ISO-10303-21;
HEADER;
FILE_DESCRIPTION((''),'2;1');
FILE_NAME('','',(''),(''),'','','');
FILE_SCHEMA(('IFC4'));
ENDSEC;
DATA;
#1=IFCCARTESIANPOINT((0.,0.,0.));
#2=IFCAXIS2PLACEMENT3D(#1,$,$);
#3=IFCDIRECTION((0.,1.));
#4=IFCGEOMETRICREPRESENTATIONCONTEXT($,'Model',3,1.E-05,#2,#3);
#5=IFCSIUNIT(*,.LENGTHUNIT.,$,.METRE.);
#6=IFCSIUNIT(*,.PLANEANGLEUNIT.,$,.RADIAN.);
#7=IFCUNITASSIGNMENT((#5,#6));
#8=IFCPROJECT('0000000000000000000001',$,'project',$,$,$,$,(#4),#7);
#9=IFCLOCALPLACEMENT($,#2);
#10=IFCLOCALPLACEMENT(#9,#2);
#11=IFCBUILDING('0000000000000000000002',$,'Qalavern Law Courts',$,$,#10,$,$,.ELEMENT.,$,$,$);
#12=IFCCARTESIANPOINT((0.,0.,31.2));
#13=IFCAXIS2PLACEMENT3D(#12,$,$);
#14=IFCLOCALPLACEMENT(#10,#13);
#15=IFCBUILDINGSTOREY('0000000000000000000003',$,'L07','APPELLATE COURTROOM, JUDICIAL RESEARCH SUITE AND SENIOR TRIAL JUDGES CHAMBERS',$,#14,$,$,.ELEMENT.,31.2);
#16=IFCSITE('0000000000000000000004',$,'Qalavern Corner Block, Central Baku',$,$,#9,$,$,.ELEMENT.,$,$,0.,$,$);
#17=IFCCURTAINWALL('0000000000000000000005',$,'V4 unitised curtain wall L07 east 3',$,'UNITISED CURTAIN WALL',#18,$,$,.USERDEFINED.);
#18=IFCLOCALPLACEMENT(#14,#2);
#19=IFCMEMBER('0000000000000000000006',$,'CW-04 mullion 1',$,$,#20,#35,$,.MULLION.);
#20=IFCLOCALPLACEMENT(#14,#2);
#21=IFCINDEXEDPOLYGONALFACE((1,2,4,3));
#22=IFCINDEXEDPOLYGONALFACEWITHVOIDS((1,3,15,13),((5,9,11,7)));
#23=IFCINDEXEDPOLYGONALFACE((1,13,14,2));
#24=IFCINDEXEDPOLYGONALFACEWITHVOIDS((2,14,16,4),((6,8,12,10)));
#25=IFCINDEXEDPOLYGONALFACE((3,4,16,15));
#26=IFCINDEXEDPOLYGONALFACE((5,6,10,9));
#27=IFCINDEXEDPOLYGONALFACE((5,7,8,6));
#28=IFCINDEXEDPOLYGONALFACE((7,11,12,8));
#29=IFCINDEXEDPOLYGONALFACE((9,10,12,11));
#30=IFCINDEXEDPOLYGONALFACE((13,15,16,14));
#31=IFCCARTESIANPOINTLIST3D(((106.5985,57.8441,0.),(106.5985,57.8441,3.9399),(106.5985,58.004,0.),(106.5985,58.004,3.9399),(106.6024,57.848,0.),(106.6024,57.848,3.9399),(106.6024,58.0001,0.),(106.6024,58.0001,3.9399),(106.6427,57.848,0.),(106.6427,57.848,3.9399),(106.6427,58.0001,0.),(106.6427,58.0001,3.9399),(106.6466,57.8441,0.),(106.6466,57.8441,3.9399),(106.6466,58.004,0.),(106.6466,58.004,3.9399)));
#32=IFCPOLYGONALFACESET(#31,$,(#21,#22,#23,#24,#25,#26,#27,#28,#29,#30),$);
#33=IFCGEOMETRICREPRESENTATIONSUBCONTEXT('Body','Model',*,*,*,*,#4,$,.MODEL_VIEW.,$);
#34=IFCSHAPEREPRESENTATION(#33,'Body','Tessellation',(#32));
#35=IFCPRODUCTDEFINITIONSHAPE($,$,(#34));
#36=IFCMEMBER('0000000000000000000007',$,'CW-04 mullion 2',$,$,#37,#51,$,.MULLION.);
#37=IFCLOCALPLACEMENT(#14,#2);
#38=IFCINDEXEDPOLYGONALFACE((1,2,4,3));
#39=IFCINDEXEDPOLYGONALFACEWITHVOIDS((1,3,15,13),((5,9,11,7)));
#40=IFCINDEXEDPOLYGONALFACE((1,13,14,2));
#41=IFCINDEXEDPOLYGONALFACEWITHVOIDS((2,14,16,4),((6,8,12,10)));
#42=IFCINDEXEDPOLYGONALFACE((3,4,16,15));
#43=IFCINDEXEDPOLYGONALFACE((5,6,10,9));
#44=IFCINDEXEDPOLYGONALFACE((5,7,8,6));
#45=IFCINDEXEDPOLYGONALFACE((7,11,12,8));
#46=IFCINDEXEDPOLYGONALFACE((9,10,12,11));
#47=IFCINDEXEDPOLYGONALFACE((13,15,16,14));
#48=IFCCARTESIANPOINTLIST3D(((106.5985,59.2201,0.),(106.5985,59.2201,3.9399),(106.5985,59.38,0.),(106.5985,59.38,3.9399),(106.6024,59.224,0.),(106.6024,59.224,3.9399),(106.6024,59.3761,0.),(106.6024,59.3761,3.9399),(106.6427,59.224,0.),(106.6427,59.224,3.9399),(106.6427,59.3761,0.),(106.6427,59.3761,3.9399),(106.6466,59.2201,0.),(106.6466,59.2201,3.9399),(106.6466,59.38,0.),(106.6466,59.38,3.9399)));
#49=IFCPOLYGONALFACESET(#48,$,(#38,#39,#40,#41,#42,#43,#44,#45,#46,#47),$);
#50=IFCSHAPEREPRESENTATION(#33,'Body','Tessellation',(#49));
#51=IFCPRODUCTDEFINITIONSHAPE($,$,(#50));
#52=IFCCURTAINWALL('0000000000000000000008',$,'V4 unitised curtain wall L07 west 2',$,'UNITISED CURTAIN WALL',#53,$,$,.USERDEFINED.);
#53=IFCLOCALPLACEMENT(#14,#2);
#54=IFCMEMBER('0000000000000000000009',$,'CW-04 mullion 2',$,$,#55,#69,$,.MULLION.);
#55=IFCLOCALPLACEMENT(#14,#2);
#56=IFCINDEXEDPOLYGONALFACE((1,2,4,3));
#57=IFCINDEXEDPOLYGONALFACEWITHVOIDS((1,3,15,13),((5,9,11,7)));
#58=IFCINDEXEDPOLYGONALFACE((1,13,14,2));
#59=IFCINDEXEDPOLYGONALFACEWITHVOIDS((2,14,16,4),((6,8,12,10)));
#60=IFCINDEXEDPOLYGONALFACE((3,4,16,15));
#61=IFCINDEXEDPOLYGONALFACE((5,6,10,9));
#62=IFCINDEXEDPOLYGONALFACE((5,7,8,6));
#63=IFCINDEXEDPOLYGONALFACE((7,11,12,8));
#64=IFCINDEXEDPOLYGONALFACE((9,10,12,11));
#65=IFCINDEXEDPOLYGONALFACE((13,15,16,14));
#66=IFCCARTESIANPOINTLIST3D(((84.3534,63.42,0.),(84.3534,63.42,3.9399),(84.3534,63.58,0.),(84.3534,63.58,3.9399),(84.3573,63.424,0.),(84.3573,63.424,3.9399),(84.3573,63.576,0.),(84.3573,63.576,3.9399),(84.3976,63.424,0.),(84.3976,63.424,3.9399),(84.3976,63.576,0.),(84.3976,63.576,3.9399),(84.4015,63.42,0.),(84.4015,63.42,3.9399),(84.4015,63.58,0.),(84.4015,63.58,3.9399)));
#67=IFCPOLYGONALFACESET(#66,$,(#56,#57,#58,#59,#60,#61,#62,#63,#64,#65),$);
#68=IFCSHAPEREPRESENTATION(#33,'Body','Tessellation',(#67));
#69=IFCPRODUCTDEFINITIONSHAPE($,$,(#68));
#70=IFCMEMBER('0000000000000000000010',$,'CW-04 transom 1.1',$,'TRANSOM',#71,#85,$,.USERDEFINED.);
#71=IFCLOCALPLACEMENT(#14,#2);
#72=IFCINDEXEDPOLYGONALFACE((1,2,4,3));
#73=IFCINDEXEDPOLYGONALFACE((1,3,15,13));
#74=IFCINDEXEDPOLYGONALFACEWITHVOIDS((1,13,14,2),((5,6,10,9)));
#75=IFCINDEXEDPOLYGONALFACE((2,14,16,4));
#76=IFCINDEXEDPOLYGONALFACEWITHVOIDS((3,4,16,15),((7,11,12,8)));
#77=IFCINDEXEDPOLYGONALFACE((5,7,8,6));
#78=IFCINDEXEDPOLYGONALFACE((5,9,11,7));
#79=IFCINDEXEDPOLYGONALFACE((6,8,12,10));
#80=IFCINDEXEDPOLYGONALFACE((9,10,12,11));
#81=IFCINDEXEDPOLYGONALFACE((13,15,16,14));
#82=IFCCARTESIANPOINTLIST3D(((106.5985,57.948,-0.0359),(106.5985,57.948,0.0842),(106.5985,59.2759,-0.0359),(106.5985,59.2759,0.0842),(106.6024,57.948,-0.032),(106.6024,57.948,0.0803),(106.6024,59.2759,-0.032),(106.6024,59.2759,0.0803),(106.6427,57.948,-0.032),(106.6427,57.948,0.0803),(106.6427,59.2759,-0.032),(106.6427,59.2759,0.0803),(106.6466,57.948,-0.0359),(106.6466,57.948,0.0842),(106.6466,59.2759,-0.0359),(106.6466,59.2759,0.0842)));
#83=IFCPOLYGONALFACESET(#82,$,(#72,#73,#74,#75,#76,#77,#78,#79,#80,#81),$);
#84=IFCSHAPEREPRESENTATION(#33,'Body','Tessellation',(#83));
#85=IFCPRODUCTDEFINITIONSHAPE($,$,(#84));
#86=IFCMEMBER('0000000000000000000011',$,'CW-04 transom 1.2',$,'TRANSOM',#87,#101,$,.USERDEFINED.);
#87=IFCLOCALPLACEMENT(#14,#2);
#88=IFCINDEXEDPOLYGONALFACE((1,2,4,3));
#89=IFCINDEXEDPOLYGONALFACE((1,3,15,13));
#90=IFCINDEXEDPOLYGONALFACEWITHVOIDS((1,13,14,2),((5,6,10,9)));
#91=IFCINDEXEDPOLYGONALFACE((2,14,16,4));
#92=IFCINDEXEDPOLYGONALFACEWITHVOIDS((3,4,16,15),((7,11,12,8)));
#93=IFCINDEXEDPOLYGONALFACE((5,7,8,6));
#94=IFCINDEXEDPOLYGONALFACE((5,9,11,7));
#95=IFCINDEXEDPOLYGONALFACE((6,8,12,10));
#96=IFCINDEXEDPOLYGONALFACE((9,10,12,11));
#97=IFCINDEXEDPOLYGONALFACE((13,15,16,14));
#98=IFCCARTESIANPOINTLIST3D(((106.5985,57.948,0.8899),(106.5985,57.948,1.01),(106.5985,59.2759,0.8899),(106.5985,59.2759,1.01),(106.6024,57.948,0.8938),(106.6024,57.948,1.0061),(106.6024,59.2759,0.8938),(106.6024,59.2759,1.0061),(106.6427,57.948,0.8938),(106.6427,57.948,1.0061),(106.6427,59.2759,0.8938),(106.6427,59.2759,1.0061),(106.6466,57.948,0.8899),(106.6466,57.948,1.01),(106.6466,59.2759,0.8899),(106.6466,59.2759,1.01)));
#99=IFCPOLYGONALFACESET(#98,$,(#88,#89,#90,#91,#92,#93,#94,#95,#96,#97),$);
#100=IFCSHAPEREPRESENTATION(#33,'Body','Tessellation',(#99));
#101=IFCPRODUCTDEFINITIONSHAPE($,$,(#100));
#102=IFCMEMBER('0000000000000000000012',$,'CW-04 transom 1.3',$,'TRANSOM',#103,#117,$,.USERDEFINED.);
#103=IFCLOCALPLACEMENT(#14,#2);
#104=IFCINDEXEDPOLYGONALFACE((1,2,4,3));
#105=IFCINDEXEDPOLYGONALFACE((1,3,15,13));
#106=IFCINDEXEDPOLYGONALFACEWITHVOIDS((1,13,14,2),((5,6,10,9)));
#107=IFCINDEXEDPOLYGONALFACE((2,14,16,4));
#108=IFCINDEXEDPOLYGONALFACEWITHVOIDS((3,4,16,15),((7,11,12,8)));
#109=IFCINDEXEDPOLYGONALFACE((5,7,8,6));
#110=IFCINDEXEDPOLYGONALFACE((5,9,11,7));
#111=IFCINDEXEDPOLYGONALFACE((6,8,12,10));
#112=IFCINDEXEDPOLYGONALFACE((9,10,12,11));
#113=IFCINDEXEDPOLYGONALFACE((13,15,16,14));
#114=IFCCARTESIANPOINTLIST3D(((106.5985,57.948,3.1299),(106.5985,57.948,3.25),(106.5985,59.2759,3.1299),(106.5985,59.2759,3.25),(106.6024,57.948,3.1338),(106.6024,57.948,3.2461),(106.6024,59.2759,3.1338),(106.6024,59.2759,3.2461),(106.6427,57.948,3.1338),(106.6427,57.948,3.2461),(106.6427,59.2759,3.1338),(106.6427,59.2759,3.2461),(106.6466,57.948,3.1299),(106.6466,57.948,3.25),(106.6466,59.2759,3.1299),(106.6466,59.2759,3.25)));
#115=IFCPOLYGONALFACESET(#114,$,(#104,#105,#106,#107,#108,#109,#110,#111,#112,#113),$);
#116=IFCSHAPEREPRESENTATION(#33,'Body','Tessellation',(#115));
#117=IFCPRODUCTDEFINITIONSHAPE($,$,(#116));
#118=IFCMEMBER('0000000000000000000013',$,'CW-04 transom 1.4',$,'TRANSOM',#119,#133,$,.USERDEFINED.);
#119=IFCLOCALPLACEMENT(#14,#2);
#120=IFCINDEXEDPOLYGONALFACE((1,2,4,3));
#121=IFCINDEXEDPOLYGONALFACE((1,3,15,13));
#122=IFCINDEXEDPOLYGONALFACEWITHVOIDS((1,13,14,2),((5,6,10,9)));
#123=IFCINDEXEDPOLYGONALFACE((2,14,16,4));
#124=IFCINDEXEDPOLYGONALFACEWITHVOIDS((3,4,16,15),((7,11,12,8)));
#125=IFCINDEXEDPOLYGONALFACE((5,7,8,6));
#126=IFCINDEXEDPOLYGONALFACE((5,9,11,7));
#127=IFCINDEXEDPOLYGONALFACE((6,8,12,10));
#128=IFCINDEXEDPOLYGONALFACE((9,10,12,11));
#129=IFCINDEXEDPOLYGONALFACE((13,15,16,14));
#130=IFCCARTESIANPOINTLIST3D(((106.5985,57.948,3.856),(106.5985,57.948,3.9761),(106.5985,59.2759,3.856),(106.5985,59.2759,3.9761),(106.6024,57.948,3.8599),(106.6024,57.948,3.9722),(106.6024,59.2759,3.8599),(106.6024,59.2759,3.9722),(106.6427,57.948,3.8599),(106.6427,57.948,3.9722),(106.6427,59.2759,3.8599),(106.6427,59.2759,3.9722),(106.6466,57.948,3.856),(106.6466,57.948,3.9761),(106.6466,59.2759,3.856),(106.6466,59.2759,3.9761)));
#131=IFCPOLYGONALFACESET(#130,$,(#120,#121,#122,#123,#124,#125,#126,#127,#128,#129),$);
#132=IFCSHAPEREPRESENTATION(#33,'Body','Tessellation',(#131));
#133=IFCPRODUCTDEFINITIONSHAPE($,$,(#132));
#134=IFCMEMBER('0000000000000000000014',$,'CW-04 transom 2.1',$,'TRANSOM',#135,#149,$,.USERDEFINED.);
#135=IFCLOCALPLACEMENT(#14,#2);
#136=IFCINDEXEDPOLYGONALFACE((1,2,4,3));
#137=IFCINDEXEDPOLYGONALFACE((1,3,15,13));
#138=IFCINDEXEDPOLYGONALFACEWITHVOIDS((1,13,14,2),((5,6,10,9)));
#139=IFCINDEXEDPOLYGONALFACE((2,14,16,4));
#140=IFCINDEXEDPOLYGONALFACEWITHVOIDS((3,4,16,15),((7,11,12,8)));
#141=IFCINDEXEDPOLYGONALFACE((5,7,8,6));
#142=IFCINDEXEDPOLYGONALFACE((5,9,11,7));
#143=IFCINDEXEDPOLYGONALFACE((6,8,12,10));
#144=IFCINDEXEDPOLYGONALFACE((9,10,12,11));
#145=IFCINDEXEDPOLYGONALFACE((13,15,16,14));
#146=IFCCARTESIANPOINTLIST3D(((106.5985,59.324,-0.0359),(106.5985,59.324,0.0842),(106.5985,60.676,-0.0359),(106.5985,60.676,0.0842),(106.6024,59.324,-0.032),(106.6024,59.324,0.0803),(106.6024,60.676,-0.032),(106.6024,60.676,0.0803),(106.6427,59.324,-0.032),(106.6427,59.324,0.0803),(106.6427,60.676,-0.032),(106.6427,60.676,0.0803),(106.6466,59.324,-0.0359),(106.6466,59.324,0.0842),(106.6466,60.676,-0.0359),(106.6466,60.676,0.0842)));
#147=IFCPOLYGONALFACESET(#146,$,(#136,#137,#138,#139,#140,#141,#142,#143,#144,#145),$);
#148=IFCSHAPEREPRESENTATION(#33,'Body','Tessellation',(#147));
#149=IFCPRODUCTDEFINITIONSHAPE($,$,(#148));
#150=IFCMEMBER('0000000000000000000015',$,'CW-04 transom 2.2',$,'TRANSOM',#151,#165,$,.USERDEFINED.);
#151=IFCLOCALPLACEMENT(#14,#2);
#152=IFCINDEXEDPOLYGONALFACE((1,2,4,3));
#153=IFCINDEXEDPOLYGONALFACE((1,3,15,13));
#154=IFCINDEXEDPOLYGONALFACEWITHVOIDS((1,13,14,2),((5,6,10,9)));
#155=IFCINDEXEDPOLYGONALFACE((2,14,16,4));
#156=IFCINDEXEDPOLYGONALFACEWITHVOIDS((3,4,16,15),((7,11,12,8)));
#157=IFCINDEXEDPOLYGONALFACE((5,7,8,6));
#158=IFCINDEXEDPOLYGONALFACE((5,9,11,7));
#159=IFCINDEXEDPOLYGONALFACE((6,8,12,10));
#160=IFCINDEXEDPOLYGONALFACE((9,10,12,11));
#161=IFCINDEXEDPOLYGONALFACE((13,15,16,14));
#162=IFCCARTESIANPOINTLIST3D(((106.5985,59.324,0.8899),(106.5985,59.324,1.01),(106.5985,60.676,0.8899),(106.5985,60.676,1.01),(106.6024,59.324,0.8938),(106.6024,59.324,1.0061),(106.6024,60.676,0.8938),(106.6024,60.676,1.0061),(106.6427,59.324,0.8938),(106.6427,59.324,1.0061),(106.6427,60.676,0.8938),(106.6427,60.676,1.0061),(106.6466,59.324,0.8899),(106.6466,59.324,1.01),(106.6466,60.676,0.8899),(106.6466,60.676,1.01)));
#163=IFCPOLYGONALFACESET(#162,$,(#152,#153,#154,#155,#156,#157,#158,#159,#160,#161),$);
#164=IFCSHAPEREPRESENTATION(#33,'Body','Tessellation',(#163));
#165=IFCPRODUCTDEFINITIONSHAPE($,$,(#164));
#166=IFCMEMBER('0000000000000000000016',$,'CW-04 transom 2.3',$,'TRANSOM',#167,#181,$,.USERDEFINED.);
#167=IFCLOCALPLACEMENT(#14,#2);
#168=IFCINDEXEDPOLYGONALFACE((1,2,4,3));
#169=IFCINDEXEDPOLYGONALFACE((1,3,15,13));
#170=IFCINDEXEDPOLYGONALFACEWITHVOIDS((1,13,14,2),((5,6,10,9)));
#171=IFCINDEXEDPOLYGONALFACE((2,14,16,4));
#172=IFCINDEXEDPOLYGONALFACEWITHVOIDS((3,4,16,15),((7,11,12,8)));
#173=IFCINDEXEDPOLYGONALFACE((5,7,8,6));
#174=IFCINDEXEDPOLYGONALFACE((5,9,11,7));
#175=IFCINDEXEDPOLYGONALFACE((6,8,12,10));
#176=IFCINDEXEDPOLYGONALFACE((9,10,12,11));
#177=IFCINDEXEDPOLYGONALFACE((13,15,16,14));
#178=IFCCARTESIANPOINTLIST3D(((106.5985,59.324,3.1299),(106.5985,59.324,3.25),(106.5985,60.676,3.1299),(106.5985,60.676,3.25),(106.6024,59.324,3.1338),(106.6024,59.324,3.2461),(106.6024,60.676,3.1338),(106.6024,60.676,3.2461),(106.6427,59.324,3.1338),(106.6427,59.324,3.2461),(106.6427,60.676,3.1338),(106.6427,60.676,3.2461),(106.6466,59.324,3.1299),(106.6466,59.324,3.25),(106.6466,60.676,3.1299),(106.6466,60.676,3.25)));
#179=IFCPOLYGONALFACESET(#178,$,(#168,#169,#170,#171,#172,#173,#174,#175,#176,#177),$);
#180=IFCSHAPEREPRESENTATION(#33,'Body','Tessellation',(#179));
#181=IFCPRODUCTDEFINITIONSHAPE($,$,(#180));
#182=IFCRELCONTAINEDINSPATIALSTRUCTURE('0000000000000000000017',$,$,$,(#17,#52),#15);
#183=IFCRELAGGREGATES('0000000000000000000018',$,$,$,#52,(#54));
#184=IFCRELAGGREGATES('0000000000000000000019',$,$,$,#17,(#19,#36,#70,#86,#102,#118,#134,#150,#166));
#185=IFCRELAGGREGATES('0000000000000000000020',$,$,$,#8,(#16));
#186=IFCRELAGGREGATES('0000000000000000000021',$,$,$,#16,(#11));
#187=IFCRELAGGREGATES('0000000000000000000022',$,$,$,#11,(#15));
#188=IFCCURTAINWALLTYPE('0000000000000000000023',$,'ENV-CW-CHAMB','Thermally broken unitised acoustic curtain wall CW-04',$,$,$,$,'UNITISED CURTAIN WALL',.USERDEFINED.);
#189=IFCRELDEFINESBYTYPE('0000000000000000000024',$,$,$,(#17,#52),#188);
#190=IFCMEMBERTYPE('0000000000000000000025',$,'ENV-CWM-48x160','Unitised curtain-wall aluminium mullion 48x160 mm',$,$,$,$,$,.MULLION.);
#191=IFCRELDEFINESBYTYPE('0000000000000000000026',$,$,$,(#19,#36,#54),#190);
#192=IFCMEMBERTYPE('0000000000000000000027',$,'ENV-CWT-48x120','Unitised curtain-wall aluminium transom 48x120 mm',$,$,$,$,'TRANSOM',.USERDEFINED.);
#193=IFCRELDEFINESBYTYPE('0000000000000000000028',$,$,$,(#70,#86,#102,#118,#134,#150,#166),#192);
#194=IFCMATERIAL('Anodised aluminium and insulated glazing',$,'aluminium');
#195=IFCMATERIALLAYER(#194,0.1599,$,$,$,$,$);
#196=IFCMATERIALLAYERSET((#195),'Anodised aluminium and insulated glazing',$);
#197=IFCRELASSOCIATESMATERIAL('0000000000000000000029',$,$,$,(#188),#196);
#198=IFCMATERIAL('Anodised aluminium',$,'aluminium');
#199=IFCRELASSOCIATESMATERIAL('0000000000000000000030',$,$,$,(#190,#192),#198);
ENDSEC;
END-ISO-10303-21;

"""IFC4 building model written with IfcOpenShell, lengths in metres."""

from ifc_helpers import new_model, si_unit, direction, frame, origin, origin_2d, place, context, subcontext, project, spatial, hollow_rectangle, extrude, material, layer, layer_set, material_profile, profile_set, type_object, element, aggregate, save


model = new_model("IFC4")

# Units and contexts
model_context = context("Model", 3, precision=1e-05, world=origin(), true_north=direction((0.0, 1.0)))
body_context = subcontext(model_context, "Body", "Model", "MODEL_VIEW")
ifc_project = project(units=[si_unit("LENGTHUNIT", "METRE"), si_unit("PLANEANGLEUNIT", "RADIAN")], contexts=[model_context])

# Site, building, storey
site_placement = place(None, origin())
site = spatial("IfcSite", under=ifc_project, at=site_placement, Name="Qalavern Corner Block, Central Baku", CompositionType="ELEMENT", RefElevation=0.0)
building_placement = place(site_placement, origin())
building = spatial("IfcBuilding", under=site, at=building_placement, Name="Qalavern Law Courts", CompositionType="ELEMENT")
storey_placement = place(building_placement, frame((0.0, 0.0, 31.2)))
storey = spatial("IfcBuildingStorey", under=building, at=storey_placement, Name="L07", Description="APPELLATE COURTROOM, JUDICIAL RESEARCH SUITE AND SENIOR TRIAL JUDGES CHAMBERS", CompositionType="ELEMENT", Elevation=31.2)

# Curtain wall, members
ifc_material_1 = material(Name="Anodised aluminium and insulated glazing", Category="aluminium")
ifc_layer_1 = layer(ifc_material_1, 0.1599)
ifc_layer_set_1 = layer_set([ifc_layer_1], Name="Anodised aluminium and insulated glazing")
curtain_wall_type = type_object("IfcCurtainWallType", Name="ENV-CW-CHAMB", Description="Thermally broken unitised acoustic curtain wall CW-04", ElementType="UNITISED CURTAIN WALL", PredefinedType="USERDEFINED", material=ifc_layer_set_1)
curtain_wall_1_placement = place(storey_placement, origin())
curtain_wall_1 = element("IfcCurtainWall", 1, at=curtain_wall_1_placement, inside=storey, type_object=curtain_wall_type, Name="V4 unitised curtain wall L07 east 3", ObjectType="UNITISED CURTAIN WALL", PredefinedType="USERDEFINED")
ifc_material_2 = material(Name="Anodised aluminium", Category="aluminium")
ifc_material_profile_1 = material_profile(ifc_material_2, hollow_rectangle(XDim=0.0481, YDim=0.1599, WallThickness=0.0039, at=origin_2d()), Name="ALU MULLION 48x160")
ifc_profile_set_1 = profile_set([ifc_material_profile_1], Name="Anodised aluminium")
member_type_1 = type_object("IfcMemberType", Name="ENV-CWM-48x160", Description="Unitised curtain-wall aluminium mullion 48x160 mm", PredefinedType="MULLION", material=ifc_profile_set_1)
member_1_placement = place(storey_placement, frame((106.6226, 57.9241, 0.0), z_axis=(0.0, 0.0, 1.0), x_axis=(-1.0, 0.0, 0.0)))
member_1 = element("IfcMember", 2, at=member_1_placement, type_object=member_type_1, Name="CW-04 mullion 1", PredefinedType="MULLION", context=body_context, shape_type="SweptSolid", body=[
    extrude(hollow_rectangle(XDim=0.0481, YDim=0.1599, WallThickness=0.0039, at=origin_2d()), origin(), (0.0, 0.0, 1.0), 3.9399),
])
member_2_placement = place(storey_placement, frame((106.6226, 59.3, 0.0), z_axis=(0.0, 0.0, 1.0), x_axis=(-1.0, 0.0, 0.0)))
member_2 = element("IfcMember", 3, at=member_2_placement, type_object=member_type_1, Name="CW-04 mullion 2", PredefinedType="MULLION", context=body_context, shape_type="SweptSolid", body=[
    extrude(hollow_rectangle(XDim=0.0481, YDim=0.1599, WallThickness=0.0039, at=origin_2d()), origin(), (0.0, 0.0, 1.0), 3.9399),
])

# Curtain wall, member
curtain_wall_2_placement = place(storey_placement, origin())
curtain_wall_2 = element("IfcCurtainWall", 4, at=curtain_wall_2_placement, inside=storey, type_object=curtain_wall_type, Name="V4 unitised curtain wall L07 west 2", ObjectType="UNITISED CURTAIN WALL", PredefinedType="USERDEFINED")
member_3_placement = place(storey_placement, frame((84.3774, 63.5, 0.0), z_axis=(0.0, 0.0, 1.0), x_axis=(1.0, 0.0, 0.0)))
member_3 = element("IfcMember", 5, at=member_3_placement, type_object=member_type_1, Name="CW-04 mullion 2", PredefinedType="MULLION", context=body_context, shape_type="SweptSolid", body=[
    extrude(hollow_rectangle(XDim=0.0481, YDim=0.1599, WallThickness=0.0039, at=origin_2d()), origin(), (0.0, 0.0, 1.0), 3.9399),
])

# Members
ifc_material_profile_2 = material_profile(ifc_material_2, hollow_rectangle(XDim=0.0481, YDim=0.1201, WallThickness=0.0039, at=origin_2d()), Name="ALU TRANSOM 48x120")
ifc_profile_set_2 = profile_set([ifc_material_profile_2], Name="Anodised aluminium")
member_type_2 = type_object("IfcMemberType", Name="ENV-CWT-48x120", Description="Unitised curtain-wall aluminium transom 48x120 mm", ElementType="TRANSOM", PredefinedType="USERDEFINED", material=ifc_profile_set_2)
member_4_placement = place(storey_placement, frame((106.6226, 57.948, 0.0242), z_axis=(0.0, 1.0, 0.0), x_axis=(-1.0, 0.0, 0.0)))
member_4 = element("IfcMember", 6, at=member_4_placement, type_object=member_type_2, Name="CW-04 transom 1.1", ObjectType="TRANSOM", PredefinedType="USERDEFINED", context=body_context, shape_type="SweptSolid", body=[
    extrude(hollow_rectangle(XDim=0.0481, YDim=0.1201, WallThickness=0.0039, at=origin_2d()), origin(), (0.0, 0.0, 1.0), 1.3279),
])
member_5_placement = place(storey_placement, frame((106.6226, 57.948, 0.95), z_axis=(0.0, 1.0, 0.0), x_axis=(-1.0, 0.0, 0.0)))
member_5 = element("IfcMember", 7, at=member_5_placement, type_object=member_type_2, Name="CW-04 transom 1.2", ObjectType="TRANSOM", PredefinedType="USERDEFINED", context=body_context, shape_type="SweptSolid", body=[
    extrude(hollow_rectangle(XDim=0.0481, YDim=0.1201, WallThickness=0.0039, at=origin_2d()), origin(), (0.0, 0.0, 1.0), 1.3279),
])
member_6_placement = place(storey_placement, frame((106.6226, 57.948, 3.1899), z_axis=(0.0, 1.0, 0.0), x_axis=(-1.0, 0.0, 0.0)))
member_6 = element("IfcMember", 8, at=member_6_placement, type_object=member_type_2, Name="CW-04 transom 1.3", ObjectType="TRANSOM", PredefinedType="USERDEFINED", context=body_context, shape_type="SweptSolid", body=[
    extrude(hollow_rectangle(XDim=0.0481, YDim=0.1201, WallThickness=0.0039, at=origin_2d()), origin(), (0.0, 0.0, 1.0), 1.3279),
])
member_7_placement = place(storey_placement, frame((106.6226, 57.948, 3.916), z_axis=(0.0, 1.0, 0.0), x_axis=(-1.0, 0.0, 0.0)))
member_7 = element("IfcMember", 9, at=member_7_placement, type_object=member_type_2, Name="CW-04 transom 1.4", ObjectType="TRANSOM", PredefinedType="USERDEFINED", context=body_context, shape_type="SweptSolid", body=[
    extrude(hollow_rectangle(XDim=0.0481, YDim=0.1201, WallThickness=0.0039, at=origin_2d()), origin(), (0.0, 0.0, 1.0), 1.3279),
])
member_8_placement = place(storey_placement, frame((106.6226, 59.324, 0.0242), z_axis=(0.0, 1.0, 0.0), x_axis=(-1.0, 0.0, 0.0)))
member_8 = element("IfcMember", 10, at=member_8_placement, type_object=member_type_2, Name="CW-04 transom 2.1", ObjectType="TRANSOM", PredefinedType="USERDEFINED", context=body_context, shape_type="SweptSolid", body=[
    extrude(hollow_rectangle(XDim=0.0481, YDim=0.1201, WallThickness=0.0039, at=origin_2d()), origin(), (0.0, 0.0, 1.0), 1.3521),
])
member_9_placement = place(storey_placement, frame((106.6226, 59.324, 0.95), z_axis=(0.0, 1.0, 0.0), x_axis=(-1.0, 0.0, 0.0)))
member_9 = element("IfcMember", 11, at=member_9_placement, type_object=member_type_2, Name="CW-04 transom 2.2", ObjectType="TRANSOM", PredefinedType="USERDEFINED", context=body_context, shape_type="SweptSolid", body=[
    extrude(hollow_rectangle(XDim=0.0481, YDim=0.1201, WallThickness=0.0039, at=origin_2d()), origin(), (0.0, 0.0, 1.0), 1.3521),
])
member_10_placement = place(storey_placement, frame((106.6226, 59.324, 3.1899), z_axis=(0.0, 1.0, 0.0), x_axis=(-1.0, 0.0, 0.0)))
member_10 = element("IfcMember", 12, at=member_10_placement, type_object=member_type_2, Name="CW-04 transom 2.3", ObjectType="TRANSOM", PredefinedType="USERDEFINED", context=body_context, shape_type="SweptSolid", body=[
    extrude(hollow_rectangle(XDim=0.0481, YDim=0.1201, WallThickness=0.0039, at=origin_2d()), origin(), (0.0, 0.0, 1.0), 1.3521),
])

aggregate(curtain_wall_2, [member_3])
aggregate(curtain_wall_1, [member_1, member_2, member_4, member_5, member_6, member_7, member_8, member_9, member_10])

save(model, "model.ifc")
